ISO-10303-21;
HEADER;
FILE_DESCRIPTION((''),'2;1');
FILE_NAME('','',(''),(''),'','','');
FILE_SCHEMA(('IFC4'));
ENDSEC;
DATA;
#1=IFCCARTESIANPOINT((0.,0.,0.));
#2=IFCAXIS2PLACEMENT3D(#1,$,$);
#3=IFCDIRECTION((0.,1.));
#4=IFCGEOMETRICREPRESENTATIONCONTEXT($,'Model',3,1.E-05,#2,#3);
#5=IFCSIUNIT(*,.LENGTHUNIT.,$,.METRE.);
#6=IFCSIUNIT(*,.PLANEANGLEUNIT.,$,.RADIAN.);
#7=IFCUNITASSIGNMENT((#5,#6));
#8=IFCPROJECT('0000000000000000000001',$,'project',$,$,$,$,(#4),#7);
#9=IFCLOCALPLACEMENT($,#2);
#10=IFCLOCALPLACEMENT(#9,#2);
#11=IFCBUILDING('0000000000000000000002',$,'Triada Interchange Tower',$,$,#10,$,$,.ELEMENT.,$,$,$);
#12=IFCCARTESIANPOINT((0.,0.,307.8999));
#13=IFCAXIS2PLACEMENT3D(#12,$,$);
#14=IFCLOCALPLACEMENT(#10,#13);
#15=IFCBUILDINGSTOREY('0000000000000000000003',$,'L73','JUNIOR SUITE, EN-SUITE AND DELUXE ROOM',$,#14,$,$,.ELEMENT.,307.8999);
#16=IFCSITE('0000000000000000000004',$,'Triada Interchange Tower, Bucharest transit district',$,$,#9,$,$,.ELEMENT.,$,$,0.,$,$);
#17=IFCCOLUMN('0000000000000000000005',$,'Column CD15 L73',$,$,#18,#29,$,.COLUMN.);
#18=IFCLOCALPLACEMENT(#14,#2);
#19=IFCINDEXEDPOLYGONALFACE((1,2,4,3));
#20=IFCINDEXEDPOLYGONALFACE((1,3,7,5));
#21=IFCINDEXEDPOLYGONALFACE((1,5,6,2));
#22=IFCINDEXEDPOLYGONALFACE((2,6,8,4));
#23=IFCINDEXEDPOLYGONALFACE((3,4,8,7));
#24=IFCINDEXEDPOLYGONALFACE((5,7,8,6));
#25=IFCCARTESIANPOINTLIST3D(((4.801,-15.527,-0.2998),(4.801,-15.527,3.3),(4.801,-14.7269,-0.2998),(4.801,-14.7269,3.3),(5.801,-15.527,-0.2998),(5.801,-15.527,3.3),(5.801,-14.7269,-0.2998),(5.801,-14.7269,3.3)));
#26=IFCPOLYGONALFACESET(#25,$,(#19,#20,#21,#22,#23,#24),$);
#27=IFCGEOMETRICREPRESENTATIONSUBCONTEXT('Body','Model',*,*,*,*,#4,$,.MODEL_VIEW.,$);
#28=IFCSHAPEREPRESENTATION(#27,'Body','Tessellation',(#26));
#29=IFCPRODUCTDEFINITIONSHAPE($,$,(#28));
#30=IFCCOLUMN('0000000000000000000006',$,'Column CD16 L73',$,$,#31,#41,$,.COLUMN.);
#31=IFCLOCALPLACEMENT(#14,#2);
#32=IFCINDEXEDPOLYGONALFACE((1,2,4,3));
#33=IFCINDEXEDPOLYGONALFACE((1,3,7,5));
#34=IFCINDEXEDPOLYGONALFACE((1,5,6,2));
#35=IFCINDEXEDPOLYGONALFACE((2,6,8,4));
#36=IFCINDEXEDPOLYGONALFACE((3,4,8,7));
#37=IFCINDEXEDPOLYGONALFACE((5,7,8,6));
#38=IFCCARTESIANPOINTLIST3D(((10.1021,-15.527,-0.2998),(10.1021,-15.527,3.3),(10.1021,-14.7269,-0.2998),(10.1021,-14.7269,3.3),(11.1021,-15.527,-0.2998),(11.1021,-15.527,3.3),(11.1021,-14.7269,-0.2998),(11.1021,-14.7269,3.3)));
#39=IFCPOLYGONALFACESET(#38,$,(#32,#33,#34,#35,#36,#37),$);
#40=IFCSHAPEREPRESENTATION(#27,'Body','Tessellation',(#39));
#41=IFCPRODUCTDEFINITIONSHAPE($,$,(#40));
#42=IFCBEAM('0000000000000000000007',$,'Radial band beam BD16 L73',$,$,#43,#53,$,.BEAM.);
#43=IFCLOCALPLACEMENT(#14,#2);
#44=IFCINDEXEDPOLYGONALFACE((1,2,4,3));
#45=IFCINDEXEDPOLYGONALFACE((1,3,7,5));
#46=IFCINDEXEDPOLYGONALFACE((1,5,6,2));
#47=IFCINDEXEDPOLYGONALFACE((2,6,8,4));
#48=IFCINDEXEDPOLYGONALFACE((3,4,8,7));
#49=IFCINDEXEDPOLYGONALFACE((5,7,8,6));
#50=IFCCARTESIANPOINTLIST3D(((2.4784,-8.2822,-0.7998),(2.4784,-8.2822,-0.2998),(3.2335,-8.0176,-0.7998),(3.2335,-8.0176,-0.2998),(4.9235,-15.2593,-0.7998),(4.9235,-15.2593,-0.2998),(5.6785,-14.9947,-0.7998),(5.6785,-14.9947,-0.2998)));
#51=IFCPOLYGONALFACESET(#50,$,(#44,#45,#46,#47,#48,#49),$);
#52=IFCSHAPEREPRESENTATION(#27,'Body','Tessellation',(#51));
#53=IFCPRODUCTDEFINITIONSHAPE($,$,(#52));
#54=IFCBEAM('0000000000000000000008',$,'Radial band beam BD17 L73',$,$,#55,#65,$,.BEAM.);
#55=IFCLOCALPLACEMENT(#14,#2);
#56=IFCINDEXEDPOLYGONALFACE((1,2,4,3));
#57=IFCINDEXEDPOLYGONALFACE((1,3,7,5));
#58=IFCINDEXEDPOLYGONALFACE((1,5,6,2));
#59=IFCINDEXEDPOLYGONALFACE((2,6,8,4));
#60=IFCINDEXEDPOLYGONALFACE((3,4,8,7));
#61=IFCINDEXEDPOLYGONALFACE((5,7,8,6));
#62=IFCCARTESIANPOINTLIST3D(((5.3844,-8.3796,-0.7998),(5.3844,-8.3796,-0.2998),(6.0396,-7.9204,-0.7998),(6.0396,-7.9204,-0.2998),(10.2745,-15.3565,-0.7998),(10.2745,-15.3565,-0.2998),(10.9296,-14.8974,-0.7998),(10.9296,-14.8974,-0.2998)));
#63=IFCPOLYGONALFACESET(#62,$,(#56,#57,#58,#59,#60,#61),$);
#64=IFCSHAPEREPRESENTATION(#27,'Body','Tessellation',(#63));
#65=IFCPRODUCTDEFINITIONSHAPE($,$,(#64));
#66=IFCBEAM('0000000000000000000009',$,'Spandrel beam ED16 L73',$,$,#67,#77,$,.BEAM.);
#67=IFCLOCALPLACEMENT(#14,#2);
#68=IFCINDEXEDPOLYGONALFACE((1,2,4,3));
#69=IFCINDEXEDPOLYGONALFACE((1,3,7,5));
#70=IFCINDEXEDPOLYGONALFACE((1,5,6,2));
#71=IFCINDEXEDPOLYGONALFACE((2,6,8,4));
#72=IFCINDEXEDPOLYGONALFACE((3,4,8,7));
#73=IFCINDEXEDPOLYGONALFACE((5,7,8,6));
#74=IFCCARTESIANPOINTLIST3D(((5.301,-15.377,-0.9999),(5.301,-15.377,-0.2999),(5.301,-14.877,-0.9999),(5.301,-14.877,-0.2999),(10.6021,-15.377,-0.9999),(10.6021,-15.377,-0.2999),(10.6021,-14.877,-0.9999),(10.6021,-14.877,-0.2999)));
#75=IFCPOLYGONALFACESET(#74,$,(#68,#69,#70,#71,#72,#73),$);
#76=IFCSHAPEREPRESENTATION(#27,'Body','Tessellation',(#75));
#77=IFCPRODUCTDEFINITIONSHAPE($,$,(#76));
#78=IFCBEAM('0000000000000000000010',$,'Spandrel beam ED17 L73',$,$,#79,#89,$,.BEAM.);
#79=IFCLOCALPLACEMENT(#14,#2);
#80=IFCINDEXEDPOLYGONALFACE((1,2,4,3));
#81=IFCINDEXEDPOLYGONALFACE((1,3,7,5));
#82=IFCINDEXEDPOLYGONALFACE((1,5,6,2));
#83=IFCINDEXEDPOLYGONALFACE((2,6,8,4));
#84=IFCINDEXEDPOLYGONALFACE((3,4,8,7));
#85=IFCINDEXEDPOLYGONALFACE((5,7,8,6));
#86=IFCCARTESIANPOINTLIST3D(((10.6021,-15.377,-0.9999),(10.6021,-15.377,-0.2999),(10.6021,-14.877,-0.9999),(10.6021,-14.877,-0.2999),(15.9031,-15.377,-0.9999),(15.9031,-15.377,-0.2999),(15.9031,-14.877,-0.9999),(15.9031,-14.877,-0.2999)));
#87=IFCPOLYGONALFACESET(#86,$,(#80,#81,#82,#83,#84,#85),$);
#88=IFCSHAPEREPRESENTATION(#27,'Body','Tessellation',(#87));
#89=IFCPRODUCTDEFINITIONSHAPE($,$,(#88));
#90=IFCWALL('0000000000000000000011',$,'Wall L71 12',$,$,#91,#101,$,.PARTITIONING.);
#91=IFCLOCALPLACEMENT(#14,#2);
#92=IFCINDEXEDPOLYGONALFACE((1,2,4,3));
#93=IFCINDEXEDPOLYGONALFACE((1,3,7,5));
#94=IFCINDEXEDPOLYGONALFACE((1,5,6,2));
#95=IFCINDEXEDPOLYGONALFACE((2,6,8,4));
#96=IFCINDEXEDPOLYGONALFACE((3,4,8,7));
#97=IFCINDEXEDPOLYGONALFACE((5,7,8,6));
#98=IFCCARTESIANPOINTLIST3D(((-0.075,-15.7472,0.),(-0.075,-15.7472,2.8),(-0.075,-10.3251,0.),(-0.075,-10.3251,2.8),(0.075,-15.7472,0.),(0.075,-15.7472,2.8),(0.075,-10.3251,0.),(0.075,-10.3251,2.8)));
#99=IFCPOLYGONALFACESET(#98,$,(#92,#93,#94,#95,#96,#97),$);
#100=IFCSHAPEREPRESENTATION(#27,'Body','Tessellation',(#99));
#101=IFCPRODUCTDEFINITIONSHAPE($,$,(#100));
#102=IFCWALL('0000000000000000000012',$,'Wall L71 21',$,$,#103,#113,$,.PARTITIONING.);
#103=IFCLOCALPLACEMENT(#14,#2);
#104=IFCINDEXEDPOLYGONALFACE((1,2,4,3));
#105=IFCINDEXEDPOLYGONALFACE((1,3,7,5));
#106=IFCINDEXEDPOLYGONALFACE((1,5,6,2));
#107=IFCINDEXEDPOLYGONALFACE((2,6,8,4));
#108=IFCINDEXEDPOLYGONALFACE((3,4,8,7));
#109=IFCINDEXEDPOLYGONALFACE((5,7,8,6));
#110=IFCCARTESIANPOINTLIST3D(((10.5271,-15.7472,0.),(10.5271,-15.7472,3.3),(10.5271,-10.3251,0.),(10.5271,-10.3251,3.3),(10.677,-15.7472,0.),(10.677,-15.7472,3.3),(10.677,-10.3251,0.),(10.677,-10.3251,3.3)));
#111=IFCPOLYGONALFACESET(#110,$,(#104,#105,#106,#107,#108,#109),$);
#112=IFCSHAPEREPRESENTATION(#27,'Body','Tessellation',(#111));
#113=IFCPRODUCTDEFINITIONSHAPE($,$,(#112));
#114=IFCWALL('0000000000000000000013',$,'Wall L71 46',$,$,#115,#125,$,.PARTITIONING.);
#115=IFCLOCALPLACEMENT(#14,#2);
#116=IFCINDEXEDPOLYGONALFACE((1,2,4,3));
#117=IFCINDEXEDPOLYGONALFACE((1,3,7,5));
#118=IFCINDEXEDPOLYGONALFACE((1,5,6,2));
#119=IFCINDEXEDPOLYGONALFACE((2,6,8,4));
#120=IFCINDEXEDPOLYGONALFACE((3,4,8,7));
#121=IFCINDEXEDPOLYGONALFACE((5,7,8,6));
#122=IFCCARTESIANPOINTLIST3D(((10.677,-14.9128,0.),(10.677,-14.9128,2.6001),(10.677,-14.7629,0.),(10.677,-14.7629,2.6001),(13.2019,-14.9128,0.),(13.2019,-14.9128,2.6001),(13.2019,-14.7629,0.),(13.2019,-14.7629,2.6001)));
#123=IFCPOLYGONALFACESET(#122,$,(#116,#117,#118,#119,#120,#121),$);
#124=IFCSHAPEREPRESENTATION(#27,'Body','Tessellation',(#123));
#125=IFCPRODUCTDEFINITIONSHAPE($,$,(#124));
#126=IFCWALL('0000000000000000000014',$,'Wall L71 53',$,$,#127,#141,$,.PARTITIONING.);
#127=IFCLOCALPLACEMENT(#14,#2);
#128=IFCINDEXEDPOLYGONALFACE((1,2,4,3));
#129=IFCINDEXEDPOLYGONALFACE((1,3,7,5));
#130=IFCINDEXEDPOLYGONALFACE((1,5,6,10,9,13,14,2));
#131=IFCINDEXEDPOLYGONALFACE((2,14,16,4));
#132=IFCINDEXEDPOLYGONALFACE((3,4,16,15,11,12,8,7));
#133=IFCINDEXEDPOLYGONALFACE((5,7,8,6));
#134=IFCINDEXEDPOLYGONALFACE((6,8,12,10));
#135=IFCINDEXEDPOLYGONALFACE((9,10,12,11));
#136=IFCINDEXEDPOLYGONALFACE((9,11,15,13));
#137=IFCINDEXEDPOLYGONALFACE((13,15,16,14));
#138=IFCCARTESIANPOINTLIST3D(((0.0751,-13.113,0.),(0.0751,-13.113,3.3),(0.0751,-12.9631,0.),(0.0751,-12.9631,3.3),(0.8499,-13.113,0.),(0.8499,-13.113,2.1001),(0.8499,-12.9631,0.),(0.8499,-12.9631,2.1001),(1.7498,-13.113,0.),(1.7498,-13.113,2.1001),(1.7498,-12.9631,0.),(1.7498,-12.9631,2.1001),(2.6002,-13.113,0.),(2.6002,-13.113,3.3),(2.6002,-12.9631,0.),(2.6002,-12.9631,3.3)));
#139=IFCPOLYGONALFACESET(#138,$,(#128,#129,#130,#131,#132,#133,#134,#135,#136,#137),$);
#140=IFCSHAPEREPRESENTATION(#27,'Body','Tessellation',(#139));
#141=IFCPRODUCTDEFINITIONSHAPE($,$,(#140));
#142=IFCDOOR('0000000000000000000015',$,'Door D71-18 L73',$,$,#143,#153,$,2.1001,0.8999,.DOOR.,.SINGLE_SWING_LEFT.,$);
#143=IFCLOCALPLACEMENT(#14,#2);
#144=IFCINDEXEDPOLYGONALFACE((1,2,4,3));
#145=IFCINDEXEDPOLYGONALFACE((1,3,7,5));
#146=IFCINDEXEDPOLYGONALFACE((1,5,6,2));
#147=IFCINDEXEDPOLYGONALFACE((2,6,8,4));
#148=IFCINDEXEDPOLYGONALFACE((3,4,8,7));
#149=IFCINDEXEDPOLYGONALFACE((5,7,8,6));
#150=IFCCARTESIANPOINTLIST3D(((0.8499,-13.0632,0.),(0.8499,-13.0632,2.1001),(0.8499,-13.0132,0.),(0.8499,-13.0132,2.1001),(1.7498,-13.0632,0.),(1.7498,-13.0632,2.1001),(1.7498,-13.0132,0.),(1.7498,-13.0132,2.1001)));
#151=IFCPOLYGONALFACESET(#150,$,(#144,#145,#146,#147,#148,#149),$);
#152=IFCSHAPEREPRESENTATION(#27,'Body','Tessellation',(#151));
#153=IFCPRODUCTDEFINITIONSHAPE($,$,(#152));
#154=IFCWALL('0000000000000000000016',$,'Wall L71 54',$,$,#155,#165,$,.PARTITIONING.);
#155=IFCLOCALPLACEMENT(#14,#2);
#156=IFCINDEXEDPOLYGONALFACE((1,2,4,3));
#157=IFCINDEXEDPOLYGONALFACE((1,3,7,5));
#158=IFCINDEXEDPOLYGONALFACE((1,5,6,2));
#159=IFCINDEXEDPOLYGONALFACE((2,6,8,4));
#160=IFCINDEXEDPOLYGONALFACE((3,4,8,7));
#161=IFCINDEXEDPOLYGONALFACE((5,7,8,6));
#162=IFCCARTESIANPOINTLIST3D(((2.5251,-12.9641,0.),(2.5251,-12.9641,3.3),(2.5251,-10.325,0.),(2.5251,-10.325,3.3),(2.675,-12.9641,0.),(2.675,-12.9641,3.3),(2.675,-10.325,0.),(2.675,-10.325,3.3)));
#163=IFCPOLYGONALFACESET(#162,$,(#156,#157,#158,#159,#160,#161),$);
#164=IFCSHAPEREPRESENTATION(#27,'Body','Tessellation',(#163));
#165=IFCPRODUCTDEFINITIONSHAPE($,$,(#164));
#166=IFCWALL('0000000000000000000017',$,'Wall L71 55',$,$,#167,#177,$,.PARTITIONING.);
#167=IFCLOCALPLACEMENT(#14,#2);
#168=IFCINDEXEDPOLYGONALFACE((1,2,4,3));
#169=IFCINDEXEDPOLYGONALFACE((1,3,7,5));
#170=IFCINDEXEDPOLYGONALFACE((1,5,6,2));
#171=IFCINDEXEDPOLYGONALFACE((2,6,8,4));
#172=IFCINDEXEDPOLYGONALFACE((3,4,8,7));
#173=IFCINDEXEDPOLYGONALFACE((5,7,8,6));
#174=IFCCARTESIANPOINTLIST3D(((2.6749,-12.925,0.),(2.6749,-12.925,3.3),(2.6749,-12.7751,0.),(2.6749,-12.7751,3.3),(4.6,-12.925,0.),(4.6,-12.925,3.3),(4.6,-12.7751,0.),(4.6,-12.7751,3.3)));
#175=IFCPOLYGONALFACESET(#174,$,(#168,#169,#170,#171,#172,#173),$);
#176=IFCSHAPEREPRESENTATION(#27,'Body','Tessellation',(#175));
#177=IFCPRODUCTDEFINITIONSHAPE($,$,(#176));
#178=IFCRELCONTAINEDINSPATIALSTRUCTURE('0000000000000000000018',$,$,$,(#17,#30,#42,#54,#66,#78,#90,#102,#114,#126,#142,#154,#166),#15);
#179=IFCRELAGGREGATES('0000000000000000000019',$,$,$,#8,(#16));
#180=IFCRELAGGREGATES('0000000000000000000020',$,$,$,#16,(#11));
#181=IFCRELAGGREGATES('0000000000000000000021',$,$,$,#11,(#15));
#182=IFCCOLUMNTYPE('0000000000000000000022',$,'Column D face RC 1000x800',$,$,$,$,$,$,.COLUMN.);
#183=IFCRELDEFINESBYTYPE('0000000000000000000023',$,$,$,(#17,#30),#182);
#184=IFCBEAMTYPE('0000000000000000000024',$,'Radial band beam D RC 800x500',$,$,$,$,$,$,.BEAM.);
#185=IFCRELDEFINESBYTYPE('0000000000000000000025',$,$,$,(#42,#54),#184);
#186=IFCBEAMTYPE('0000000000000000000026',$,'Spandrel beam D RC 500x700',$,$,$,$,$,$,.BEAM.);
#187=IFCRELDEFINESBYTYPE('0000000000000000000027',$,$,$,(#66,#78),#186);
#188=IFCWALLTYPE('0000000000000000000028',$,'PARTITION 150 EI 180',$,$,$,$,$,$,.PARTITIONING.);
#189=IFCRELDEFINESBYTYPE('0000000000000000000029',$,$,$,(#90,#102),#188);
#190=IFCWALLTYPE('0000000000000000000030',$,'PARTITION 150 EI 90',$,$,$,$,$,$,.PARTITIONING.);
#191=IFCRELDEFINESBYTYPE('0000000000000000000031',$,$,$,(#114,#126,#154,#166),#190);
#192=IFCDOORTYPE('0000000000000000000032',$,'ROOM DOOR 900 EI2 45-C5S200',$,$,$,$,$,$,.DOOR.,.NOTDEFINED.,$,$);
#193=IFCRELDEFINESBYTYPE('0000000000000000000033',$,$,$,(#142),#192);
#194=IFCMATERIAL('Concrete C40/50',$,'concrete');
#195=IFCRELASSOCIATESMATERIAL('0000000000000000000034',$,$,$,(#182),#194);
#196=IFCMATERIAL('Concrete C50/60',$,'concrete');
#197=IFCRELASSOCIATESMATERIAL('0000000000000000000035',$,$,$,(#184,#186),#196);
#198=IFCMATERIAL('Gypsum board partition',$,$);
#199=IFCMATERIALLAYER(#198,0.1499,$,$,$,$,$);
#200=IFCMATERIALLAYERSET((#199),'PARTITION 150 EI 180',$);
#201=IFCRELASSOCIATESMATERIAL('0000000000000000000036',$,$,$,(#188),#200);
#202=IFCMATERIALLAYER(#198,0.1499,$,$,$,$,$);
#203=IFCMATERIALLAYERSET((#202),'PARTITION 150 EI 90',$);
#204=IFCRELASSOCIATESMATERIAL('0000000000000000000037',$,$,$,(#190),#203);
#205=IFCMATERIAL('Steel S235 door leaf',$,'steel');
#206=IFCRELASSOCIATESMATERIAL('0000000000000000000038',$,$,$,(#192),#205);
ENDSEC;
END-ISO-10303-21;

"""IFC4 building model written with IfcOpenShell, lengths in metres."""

from ifc_helpers import new_model, si_unit, direction, frame, frame_2d, origin, origin_2d, place, context, subcontext, project, spatial, rectangle, extrude, material, layer, layer_set, material_profile, profile_set, type_object, element, fill, save


model = new_model("IFC4")

# Units and contexts
model_context = context("Model", 3, precision=1e-05, world=origin(), true_north=direction((0.0, 1.0)))
body_context = subcontext(model_context, "Body", "Model", "MODEL_VIEW")
ifc_project = project(units=[si_unit("LENGTHUNIT", "METRE"), si_unit("PLANEANGLEUNIT", "RADIAN")], contexts=[model_context])

# Site, building, storey
site_placement = place(None, origin())
site = spatial("IfcSite", under=ifc_project, at=site_placement, Name="Triada Interchange Tower, Bucharest transit district", CompositionType="ELEMENT", RefElevation=0.0)
building_placement = place(site_placement, origin())
building = spatial("IfcBuilding", under=site, at=building_placement, Name="Triada Interchange Tower", CompositionType="ELEMENT")
storey_placement = place(building_placement, frame((0.0, 0.0, 307.8999)))
storey = spatial("IfcBuildingStorey", under=building, at=storey_placement, Name="L73", Description="JUNIOR SUITE, EN-SUITE AND DELUXE ROOM", CompositionType="ELEMENT", Elevation=307.8999)

# Columns
ifc_material_1 = material(Name="Concrete C40/50", Category="concrete")
ifc_material_profile_1 = material_profile(ifc_material_1, rectangle(XDim=1.0, YDim=0.8, at=origin_2d()), Name="RC 1000x800")
ifc_profile_set_1 = profile_set([ifc_material_profile_1], Name="Concrete C40/50")
column_type = type_object("IfcColumnType", Name="Column D face RC 1000x800", PredefinedType="COLUMN", material=ifc_profile_set_1)
for number, where, z_axis, x_axis, name in (
    (1, (5.301, -15.127, -0.2998), (0.0, 0.0, 1.0), (1.0, 0.0, 0.0), "Column CD15 L73"),
    (2, (10.6021, -15.127, -0.2998), (0.0, 0.0, 1.0), (1.0, 0.0, 0.0), "Column CD16 L73"),
):
    element("IfcColumn", number, at=place(storey_placement, frame(where, z_axis=z_axis, x_axis=x_axis)), inside=storey, type_object=column_type, Name=name, PredefinedType="COLUMN", context=body_context, shape_type="SweptSolid", body=[
        extrude(rectangle(XDim=1.0, YDim=0.8, at=origin_2d()), origin(), (0.0, 0.0, 1.0), 3.5999),
    ])

# Beams
ifc_material_2 = material(Name="Concrete C50/60", Category="concrete")
ifc_material_profile_2 = material_profile(ifc_material_2, rectangle(XDim=0.8, YDim=0.5, at=origin_2d()), Name="RC 800x500")
ifc_profile_set_2 = profile_set([ifc_material_profile_2], Name="Concrete C50/60")
beam_type_1 = type_object("IfcBeamType", Name="Radial band beam D RC 800x500", PredefinedType="BEAM", material=ifc_profile_set_2)
beam_1_placement = place(storey_placement, frame((5.301, -15.127, -0.5498), z_axis=(-0.330724, 0.943728, 0.0), x_axis=(-0.943728, -0.330724, 0.0)))
element("IfcBeam", 3, at=beam_1_placement, inside=storey, type_object=beam_type_1, Name="Radial band beam BD16 L73", PredefinedType="BEAM", context=body_context, shape_type="SweptSolid", body=[
    extrude(rectangle(XDim=0.8, YDim=0.5, at=origin_2d()), origin(), (0.0, 0.0, 1.0), 7.3931),
])
beam_2_placement = place(storey_placement, frame((10.6021, -15.127, -0.5498), z_axis=(-0.573951, 0.81889, 0.0), x_axis=(-0.81889, -0.573951, 0.0)))
element("IfcBeam", 4, at=beam_2_placement, inside=storey, type_object=beam_type_1, Name="Radial band beam BD17 L73", PredefinedType="BEAM", context=body_context, shape_type="SweptSolid", body=[
    extrude(rectangle(XDim=0.8, YDim=0.5, at=origin_2d()), origin(), (0.0, 0.0, 1.0), 8.52),
])
ifc_material_profile_3 = material_profile(ifc_material_2, rectangle(XDim=0.5, YDim=0.7, at=origin_2d()), Name="RC 500x700")
ifc_profile_set_3 = profile_set([ifc_material_profile_3], Name="Concrete C50/60")
beam_type_2 = type_object("IfcBeamType", Name="Spandrel beam D RC 500x700", PredefinedType="BEAM", material=ifc_profile_set_3)
for number, where, z_axis, x_axis, name in (
    (5, (5.301, -15.127, -0.6499), (1.0, 0.0, 0.0), (0.0, 1.0, 0.0), "Spandrel beam ED16 L73"),
    (6, (10.6021, -15.127, -0.6499), (1.0, 0.0, 0.0), (0.0, 1.0, 0.0), "Spandrel beam ED17 L73"),
):
    element("IfcBeam", number, at=place(storey_placement, frame(where, z_axis=z_axis, x_axis=x_axis)), inside=storey, type_object=beam_type_2, Name=name, PredefinedType="BEAM", context=body_context, shape_type="SweptSolid", body=[
        extrude(rectangle(XDim=0.5, YDim=0.7, at=origin_2d()), origin(), (0.0, 0.0, 1.0), 5.301),
    ])

# Walls
ifc_material_3 = material(Name="Gypsum board partition")
ifc_layer_1 = layer(ifc_material_3, 0.1499)
ifc_layer_set_1 = layer_set([ifc_layer_1], Name="PARTITION 150 EI 180")
wall_type_1 = type_object("IfcWallType", Name="PARTITION 150 EI 180", PredefinedType="PARTITIONING", material=ifc_layer_set_1)
wall_1_placement = place(storey_placement, frame((0.0, -15.7471, 0.0), z_axis=(0.0, 0.0, 1.0), x_axis=(0.0, 1.0, 0.0)))
element("IfcWall", 7, at=wall_1_placement, inside=storey, type_object=wall_type_1, Name="Wall L71 12", PredefinedType="PARTITIONING", context=body_context, shape_type="SweptSolid", body=[
    extrude(rectangle(XDim=5.4221, YDim=0.1499, at=frame_2d((2.7109, 0.0))), origin(), (0.0, 0.0, 1.0), 2.8),
])
wall_2_placement = place(storey_placement, frame((10.6021, -15.7471, 0.0), z_axis=(0.0, 0.0, 1.0), x_axis=(0.0, 1.0, 0.0)))
element("IfcWall", 8, at=wall_2_placement, inside=storey, type_object=wall_type_1, Name="Wall L71 21", PredefinedType="PARTITIONING", context=body_context, shape_type="SweptSolid", body=[
    extrude(rectangle(XDim=5.4221, YDim=0.1499, at=frame_2d((2.7109, 0.0))), origin(), (0.0, 0.0, 1.0), 3.3),
])
ifc_layer_2 = layer(ifc_material_3, 0.1499)
ifc_layer_set_2 = layer_set([ifc_layer_2], Name="PARTITION 150 EI 90")
wall_type_2 = type_object("IfcWallType", Name="PARTITION 150 EI 90", PredefinedType="PARTITIONING", material=ifc_layer_set_2)
wall_3_placement = place(storey_placement, frame((10.677, -14.8379, 0.0), z_axis=(0.0, 0.0, 1.0), x_axis=(1.0, 0.0, 0.0)))
element("IfcWall", 9, at=wall_3_placement, inside=storey, type_object=wall_type_2, Name="Wall L71 46", PredefinedType="PARTITIONING", context=body_context, shape_type="SweptSolid", body=[
    extrude(rectangle(XDim=2.5249, YDim=0.1499, at=frame_2d((1.2625, 0.0))), origin(), (0.0, 0.0, 1.0), 2.6001),
])

# Wall, opening, door
wall_4_placement = place(storey_placement, frame((0.075, -13.0381, 0.0), z_axis=(0.0, 0.0, 1.0), x_axis=(1.0, 0.0, 0.0)))
wall_4 = element("IfcWall", 10, at=wall_4_placement, inside=storey, type_object=wall_type_2, Name="Wall L71 53", PredefinedType="PARTITIONING", context=body_context, shape_type="SweptSolid", body=[
    extrude(rectangle(XDim=2.5251, YDim=0.1499, at=frame_2d((1.2627, 0.0))), origin(), (0.0, 0.0, 1.0), 3.3),
])
opening_1_placement = place(wall_4_placement, frame((0.7749, 0.0, 0.0)))
opening_1 = element("IfcOpeningElement", 11, at=opening_1_placement, cuts=wall_4, PredefinedType="OPENING", context=body_context, shape_type="SweptSolid", body=[
    extrude(rectangle(XDim=0.8999, YDim=2.1001, at=frame_2d((0.45, 1.05))), frame((0.0, 0.085, 0.0), z_axis=(0.0, -1.0, 0.0), x_axis=(1.0, 0.0, 0.0)), (0.0, 0.0, 1.0), 0.1699),
])
ifc_material_4 = material(Name="Steel S235 door leaf", Category="steel")
door_type_1 = type_object("IfcDoorType", Name="ROOM DOOR 900 EI2 45-C5S200", OperationType="NOTDEFINED", PredefinedType="DOOR", material=ifc_material_4)
door_1_placement = place(opening_1_placement, origin())
door_1 = element("IfcDoor", 12, at=door_1_placement, inside=storey, type_object=door_type_1, Name="Door D71-18 L73", OperationType="SINGLE_SWING_LEFT", OverallHeight=2.1001, OverallWidth=0.8999, PredefinedType="DOOR", context=body_context, shape_type="SweptSolid", body=[
    extrude(rectangle(XDim=0.8999, YDim=2.1001, at=frame_2d((0.45, 1.05))), frame((0.0, 0.0249, 0.0), z_axis=(0.0, -1.0, 0.0), x_axis=(1.0, 0.0, 0.0)), (0.0, 0.0, 1.0), 0.05),
])
fill(opening_1, door_1)

# Walls
wall_5_placement = place(storey_placement, frame((2.6001, -12.9641, 0.0), z_axis=(0.0, 0.0, 1.0), x_axis=(0.0, 1.0, 0.0)))
element("IfcWall", 13, at=wall_5_placement, inside=storey, type_object=wall_type_2, Name="Wall L71 54", PredefinedType="PARTITIONING", context=body_context, shape_type="SweptSolid", body=[
    extrude(rectangle(XDim=2.6392, YDim=0.1499, at=frame_2d((1.3196, 0.0))), origin(), (0.0, 0.0, 1.0), 3.3),
])
wall_6_placement = place(storey_placement, frame((2.675, -12.8501, 0.0), z_axis=(0.0, 0.0, 1.0), x_axis=(1.0, 0.0, 0.0)))
element("IfcWall", 14, at=wall_6_placement, inside=storey, type_object=wall_type_2, Name="Wall L71 55", PredefinedType="PARTITIONING", context=body_context, shape_type="SweptSolid", body=[
    extrude(rectangle(XDim=1.925, YDim=0.1499, at=frame_2d((0.9624, 0.0))), origin(), (0.0, 0.0, 1.0), 3.3),
])

save(model, "model.ifc")
